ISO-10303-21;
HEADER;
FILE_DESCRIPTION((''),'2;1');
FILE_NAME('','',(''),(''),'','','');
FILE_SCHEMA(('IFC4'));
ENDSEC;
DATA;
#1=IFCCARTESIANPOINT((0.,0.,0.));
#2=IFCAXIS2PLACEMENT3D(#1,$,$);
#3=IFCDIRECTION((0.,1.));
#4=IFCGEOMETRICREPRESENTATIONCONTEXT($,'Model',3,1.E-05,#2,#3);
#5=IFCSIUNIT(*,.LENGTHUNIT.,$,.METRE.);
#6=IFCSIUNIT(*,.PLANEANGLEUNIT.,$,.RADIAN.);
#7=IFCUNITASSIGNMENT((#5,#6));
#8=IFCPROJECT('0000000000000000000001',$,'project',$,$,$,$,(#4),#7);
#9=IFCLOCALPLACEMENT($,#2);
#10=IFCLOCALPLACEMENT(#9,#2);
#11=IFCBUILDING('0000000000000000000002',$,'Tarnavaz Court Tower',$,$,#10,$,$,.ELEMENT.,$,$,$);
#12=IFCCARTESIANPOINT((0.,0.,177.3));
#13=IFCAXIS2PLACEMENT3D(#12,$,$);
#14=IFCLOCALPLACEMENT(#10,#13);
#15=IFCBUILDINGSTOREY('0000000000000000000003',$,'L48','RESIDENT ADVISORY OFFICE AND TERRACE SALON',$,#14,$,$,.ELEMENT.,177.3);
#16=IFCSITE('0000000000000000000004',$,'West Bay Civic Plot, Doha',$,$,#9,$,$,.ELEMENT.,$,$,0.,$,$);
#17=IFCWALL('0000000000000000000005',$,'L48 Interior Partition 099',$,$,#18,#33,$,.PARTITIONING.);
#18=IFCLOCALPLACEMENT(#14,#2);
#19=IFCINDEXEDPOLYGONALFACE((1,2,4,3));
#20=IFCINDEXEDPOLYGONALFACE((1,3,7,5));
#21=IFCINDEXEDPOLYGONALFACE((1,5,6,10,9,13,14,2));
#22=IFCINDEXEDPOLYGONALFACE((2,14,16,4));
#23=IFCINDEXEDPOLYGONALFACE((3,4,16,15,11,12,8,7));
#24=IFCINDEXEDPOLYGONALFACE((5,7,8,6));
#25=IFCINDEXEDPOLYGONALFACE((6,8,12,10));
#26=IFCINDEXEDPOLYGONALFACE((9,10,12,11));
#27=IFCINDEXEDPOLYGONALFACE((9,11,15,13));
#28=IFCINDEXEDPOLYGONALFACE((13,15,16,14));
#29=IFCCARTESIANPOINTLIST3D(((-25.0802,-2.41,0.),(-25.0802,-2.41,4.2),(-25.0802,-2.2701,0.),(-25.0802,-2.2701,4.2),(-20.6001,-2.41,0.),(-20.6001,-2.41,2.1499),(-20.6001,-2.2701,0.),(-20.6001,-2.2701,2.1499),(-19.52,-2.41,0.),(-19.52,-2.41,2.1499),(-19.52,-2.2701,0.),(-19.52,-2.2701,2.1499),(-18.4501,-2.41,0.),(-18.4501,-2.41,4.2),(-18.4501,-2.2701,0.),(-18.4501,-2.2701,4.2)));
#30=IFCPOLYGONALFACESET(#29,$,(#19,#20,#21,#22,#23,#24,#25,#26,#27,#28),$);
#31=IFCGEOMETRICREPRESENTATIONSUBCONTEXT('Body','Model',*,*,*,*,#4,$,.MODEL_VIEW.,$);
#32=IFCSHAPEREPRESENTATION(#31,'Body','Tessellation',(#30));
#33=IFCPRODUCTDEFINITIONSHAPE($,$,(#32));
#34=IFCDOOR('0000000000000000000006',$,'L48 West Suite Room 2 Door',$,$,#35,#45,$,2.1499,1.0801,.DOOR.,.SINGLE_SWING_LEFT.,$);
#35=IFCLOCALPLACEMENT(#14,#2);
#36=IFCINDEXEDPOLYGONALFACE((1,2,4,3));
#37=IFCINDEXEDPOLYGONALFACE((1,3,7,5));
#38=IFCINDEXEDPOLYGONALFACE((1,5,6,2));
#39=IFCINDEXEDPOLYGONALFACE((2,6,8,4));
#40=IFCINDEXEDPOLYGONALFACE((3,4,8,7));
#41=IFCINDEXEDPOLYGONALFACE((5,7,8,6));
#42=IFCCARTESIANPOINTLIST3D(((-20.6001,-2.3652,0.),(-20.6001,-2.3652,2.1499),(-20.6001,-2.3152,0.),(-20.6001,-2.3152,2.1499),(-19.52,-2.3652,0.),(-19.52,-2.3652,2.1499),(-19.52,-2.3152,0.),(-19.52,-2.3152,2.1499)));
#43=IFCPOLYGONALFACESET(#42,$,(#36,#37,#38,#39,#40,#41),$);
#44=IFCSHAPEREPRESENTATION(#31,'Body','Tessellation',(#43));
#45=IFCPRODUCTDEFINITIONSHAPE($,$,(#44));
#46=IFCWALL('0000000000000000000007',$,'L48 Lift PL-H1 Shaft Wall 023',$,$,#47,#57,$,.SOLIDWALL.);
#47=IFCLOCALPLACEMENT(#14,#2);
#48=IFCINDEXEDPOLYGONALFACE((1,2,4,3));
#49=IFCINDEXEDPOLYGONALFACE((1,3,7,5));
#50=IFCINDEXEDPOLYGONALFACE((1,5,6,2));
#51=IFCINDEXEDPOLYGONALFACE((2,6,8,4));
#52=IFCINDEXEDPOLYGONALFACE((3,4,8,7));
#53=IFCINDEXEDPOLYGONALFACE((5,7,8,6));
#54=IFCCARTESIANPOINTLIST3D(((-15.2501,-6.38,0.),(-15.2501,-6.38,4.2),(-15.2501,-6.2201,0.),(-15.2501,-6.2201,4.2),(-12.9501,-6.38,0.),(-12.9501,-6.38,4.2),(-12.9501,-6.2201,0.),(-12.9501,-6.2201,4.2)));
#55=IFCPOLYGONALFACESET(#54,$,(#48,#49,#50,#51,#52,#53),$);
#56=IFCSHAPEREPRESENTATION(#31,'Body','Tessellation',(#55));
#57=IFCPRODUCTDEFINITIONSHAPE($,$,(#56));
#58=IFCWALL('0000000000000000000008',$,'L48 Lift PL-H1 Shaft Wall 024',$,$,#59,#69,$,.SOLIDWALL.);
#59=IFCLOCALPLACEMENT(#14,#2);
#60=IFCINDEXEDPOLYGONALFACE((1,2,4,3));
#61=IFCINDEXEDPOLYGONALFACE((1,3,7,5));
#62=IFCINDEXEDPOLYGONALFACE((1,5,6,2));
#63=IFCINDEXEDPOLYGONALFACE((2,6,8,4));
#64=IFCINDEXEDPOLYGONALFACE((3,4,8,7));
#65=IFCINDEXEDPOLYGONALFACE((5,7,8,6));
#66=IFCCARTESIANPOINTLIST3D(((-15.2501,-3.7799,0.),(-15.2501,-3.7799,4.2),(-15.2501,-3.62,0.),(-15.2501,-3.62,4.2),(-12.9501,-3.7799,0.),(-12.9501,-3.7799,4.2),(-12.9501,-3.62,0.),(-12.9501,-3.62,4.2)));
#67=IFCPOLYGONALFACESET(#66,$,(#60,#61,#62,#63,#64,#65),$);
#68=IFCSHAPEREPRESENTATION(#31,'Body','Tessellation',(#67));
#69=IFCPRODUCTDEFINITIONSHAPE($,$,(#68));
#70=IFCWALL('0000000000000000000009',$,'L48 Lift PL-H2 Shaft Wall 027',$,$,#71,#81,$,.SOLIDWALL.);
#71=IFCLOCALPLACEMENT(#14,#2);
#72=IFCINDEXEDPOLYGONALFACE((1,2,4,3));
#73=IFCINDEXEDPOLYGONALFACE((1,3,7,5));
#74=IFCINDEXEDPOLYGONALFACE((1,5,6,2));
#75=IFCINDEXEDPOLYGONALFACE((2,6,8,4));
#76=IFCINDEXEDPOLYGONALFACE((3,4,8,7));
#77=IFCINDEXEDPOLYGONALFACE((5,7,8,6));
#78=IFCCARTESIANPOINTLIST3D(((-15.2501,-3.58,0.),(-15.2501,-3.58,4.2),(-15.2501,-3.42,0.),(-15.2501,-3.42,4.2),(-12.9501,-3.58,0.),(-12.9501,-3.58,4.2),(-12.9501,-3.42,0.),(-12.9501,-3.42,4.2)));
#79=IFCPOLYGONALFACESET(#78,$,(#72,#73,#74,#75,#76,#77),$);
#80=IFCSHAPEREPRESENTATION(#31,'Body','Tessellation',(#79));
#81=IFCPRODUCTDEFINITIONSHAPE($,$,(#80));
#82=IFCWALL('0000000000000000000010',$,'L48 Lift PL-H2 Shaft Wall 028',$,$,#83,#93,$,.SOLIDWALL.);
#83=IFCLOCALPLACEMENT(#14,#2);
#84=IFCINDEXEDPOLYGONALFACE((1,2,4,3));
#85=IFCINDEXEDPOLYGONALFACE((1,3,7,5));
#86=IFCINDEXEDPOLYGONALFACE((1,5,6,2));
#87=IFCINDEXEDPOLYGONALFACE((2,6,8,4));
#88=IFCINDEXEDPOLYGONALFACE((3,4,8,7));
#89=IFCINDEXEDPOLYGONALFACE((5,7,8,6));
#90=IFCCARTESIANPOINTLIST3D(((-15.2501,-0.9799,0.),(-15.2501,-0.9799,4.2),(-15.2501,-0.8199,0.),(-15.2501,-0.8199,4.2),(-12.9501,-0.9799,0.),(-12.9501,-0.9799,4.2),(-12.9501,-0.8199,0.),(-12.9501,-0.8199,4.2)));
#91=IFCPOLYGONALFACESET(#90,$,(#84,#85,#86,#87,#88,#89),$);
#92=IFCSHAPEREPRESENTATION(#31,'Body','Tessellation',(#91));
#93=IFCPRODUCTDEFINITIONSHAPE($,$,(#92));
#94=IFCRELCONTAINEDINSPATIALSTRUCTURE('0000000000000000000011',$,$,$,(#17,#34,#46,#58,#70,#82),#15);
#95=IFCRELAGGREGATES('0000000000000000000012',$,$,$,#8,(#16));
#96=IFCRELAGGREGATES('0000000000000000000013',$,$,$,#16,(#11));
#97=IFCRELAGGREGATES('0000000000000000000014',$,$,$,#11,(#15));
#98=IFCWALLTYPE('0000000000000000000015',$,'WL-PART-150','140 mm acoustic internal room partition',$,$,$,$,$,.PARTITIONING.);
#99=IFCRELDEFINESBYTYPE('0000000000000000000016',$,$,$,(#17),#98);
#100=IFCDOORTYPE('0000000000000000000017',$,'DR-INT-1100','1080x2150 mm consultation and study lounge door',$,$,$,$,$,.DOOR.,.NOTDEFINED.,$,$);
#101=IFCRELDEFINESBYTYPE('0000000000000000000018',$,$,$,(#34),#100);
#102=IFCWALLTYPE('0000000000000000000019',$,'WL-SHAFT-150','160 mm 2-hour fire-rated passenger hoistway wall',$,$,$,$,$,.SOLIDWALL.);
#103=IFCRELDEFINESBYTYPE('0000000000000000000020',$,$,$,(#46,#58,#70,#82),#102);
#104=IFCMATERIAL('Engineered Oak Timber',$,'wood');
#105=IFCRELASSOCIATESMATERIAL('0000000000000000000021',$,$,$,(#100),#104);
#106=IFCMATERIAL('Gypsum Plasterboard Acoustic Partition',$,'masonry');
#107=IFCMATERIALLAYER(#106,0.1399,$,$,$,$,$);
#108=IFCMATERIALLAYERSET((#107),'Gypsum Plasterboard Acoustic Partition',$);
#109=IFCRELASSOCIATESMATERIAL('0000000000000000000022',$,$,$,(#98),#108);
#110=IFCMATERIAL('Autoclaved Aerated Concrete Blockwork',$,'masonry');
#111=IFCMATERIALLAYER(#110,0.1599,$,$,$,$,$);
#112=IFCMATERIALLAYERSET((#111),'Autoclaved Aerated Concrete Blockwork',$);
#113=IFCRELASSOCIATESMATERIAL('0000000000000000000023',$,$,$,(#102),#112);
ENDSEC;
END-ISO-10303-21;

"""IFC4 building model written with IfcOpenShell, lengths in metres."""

from ifc_helpers import new_model, si_unit, direction, frame, frame_2d, origin, place, context, subcontext, project, spatial, rectangle, extrude, material, layer, layer_set, type_object, element, fill, save


model = new_model("IFC4")

# Units and contexts
model_context = context("Model", 3, precision=1e-05, world=origin(), true_north=direction((0.0, 1.0)))
body_context = subcontext(model_context, "Body", "Model", "MODEL_VIEW")
ifc_project = project(units=[si_unit("LENGTHUNIT", "METRE"), si_unit("PLANEANGLEUNIT", "RADIAN")], contexts=[model_context])

# Site, building, storey
site_placement = place(None, origin())
site = spatial("IfcSite", under=ifc_project, at=site_placement, Name="West Bay Civic Plot, Doha", CompositionType="ELEMENT", RefElevation=0.0)
building_placement = place(site_placement, origin())
building = spatial("IfcBuilding", under=site, at=building_placement, Name="Tarnavaz Court Tower", CompositionType="ELEMENT")
storey_placement = place(building_placement, frame((0.0, 0.0, 177.3)))
storey = spatial("IfcBuildingStorey", under=building, at=storey_placement, Name="L48", Description="RESIDENT ADVISORY OFFICE AND TERRACE SALON", CompositionType="ELEMENT", Elevation=177.3)

# Wall, opening, door
ifc_material_1 = material(Name="Engineered Oak Timber", Category="wood")
door_type_1 = type_object("IfcDoorType", Name="DR-INT-1100", Description="1080x2150 mm consultation and study lounge door", OperationType="NOTDEFINED", PredefinedType="DOOR", material=ifc_material_1)
ifc_material_2 = material(Name="Gypsum Plasterboard Acoustic Partition", Category="masonry")
ifc_layer_1 = layer(ifc_material_2, 0.1399)
ifc_layer_set_1 = layer_set([ifc_layer_1], Name="Gypsum Plasterboard Acoustic Partition")
wall_type_1 = type_object("IfcWallType", Name="WL-PART-150", Description="140 mm acoustic internal room partition", PredefinedType="PARTITIONING", material=ifc_layer_set_1)
wall_1_placement = place(storey_placement, frame((-25.0801, -2.3401, 0.0), z_axis=(0.0, 0.0, 1.0), x_axis=(1.0, 0.0, 0.0)))
wall_1 = element("IfcWall", 1, at=wall_1_placement, inside=storey, type_object=wall_type_1, Name="L48 Interior Partition 099", PredefinedType="PARTITIONING", context=body_context, shape_type="SweptSolid", body=[
    extrude(rectangle(XDim=6.6301, YDim=0.1399, at=frame_2d((3.3149, 0.0))), origin(), (0.0, 0.0, 1.0), 4.2),
])
opening_1_placement = place(wall_1_placement, frame((4.48, 0.0, 0.0)))
opening_1 = element("IfcOpeningElement", 2, at=opening_1_placement, cuts=wall_1, PredefinedType="OPENING", context=body_context, shape_type="SweptSolid", body=[
    extrude(rectangle(XDim=1.0801, YDim=2.1499, at=frame_2d((0.54, 1.075))), frame((0.0, 0.0798, 0.0), z_axis=(0.0, -1.0, 0.0), x_axis=(1.0, 0.0, 0.0)), (0.0, 0.0, 1.0), 0.1599),
])
door_1_placement = place(opening_1_placement, origin())
door_1 = element("IfcDoor", 3, at=door_1_placement, inside=storey, type_object=door_type_1, Name="L48 West Suite Room 2 Door", OperationType="SINGLE_SWING_LEFT", OverallHeight=2.1499, OverallWidth=1.0801, PredefinedType="DOOR", context=body_context, shape_type="SweptSolid", body=[
    extrude(rectangle(XDim=1.0801, YDim=2.1499, at=frame_2d((0.54, 1.075))), frame((0.0, 0.0249, 0.0), z_axis=(0.0, -1.0, 0.0), x_axis=(1.0, 0.0, 0.0)), (0.0, 0.0, 1.0), 0.05),
])
fill(opening_1, door_1)
ifc_material_3 = material(Name="Autoclaved Aerated Concrete Blockwork", Category="masonry")
ifc_layer_2 = layer(ifc_material_3, 0.1599)
ifc_layer_set_2 = layer_set([ifc_layer_2], Name="Autoclaved Aerated Concrete Blockwork")
wall_type_2 = type_object("IfcWallType", Name="WL-SHAFT-150", Description="160 mm 2-hour fire-rated passenger hoistway wall", PredefinedType="SOLIDWALL", material=ifc_layer_set_2)

# Walls
for number, where, z_axis, x_axis, name in (
    (4, (-15.25, -6.3, 0.0), (0.0, 0.0, 1.0), (1.0, 0.0, 0.0), "L48 Lift PL-H1 Shaft Wall 023"),
    (5, (-15.25, -3.7, 0.0), (0.0, 0.0, 1.0), (1.0, 0.0, 0.0), "L48 Lift PL-H1 Shaft Wall 024"),
):
    element("IfcWall", number, at=place(storey_placement, frame(where, z_axis=z_axis, x_axis=x_axis)), inside=storey, type_object=wall_type_2, Name=name, PredefinedType="SOLIDWALL", context=body_context, shape_type="SweptSolid", body=[
        extrude(rectangle(XDim=2.3, YDim=0.1599, at=frame_2d((1.1499, 0.0))), origin(), (0.0, 0.0, 1.0), 4.2),
    ])

# Walls
for number, where, z_axis, x_axis, name in (
    (6, (-15.25, -3.5, 0.0), (0.0, 0.0, 1.0), (1.0, 0.0, 0.0), "L48 Lift PL-H2 Shaft Wall 027"),
    (7, (-15.25, -0.8999, 0.0), (0.0, 0.0, 1.0), (1.0, 0.0, 0.0), "L48 Lift PL-H2 Shaft Wall 028"),
):
    element("IfcWall", number, at=place(storey_placement, frame(where, z_axis=z_axis, x_axis=x_axis)), inside=storey, type_object=wall_type_2, Name=name, PredefinedType="SOLIDWALL", context=body_context, shape_type="SweptSolid", body=[
        extrude(rectangle(XDim=2.3, YDim=0.1599, at=frame_2d((1.1499, 0.0))), origin(), (0.0, 0.0, 1.0), 4.2),
    ])

save(model, "model.ifc")
